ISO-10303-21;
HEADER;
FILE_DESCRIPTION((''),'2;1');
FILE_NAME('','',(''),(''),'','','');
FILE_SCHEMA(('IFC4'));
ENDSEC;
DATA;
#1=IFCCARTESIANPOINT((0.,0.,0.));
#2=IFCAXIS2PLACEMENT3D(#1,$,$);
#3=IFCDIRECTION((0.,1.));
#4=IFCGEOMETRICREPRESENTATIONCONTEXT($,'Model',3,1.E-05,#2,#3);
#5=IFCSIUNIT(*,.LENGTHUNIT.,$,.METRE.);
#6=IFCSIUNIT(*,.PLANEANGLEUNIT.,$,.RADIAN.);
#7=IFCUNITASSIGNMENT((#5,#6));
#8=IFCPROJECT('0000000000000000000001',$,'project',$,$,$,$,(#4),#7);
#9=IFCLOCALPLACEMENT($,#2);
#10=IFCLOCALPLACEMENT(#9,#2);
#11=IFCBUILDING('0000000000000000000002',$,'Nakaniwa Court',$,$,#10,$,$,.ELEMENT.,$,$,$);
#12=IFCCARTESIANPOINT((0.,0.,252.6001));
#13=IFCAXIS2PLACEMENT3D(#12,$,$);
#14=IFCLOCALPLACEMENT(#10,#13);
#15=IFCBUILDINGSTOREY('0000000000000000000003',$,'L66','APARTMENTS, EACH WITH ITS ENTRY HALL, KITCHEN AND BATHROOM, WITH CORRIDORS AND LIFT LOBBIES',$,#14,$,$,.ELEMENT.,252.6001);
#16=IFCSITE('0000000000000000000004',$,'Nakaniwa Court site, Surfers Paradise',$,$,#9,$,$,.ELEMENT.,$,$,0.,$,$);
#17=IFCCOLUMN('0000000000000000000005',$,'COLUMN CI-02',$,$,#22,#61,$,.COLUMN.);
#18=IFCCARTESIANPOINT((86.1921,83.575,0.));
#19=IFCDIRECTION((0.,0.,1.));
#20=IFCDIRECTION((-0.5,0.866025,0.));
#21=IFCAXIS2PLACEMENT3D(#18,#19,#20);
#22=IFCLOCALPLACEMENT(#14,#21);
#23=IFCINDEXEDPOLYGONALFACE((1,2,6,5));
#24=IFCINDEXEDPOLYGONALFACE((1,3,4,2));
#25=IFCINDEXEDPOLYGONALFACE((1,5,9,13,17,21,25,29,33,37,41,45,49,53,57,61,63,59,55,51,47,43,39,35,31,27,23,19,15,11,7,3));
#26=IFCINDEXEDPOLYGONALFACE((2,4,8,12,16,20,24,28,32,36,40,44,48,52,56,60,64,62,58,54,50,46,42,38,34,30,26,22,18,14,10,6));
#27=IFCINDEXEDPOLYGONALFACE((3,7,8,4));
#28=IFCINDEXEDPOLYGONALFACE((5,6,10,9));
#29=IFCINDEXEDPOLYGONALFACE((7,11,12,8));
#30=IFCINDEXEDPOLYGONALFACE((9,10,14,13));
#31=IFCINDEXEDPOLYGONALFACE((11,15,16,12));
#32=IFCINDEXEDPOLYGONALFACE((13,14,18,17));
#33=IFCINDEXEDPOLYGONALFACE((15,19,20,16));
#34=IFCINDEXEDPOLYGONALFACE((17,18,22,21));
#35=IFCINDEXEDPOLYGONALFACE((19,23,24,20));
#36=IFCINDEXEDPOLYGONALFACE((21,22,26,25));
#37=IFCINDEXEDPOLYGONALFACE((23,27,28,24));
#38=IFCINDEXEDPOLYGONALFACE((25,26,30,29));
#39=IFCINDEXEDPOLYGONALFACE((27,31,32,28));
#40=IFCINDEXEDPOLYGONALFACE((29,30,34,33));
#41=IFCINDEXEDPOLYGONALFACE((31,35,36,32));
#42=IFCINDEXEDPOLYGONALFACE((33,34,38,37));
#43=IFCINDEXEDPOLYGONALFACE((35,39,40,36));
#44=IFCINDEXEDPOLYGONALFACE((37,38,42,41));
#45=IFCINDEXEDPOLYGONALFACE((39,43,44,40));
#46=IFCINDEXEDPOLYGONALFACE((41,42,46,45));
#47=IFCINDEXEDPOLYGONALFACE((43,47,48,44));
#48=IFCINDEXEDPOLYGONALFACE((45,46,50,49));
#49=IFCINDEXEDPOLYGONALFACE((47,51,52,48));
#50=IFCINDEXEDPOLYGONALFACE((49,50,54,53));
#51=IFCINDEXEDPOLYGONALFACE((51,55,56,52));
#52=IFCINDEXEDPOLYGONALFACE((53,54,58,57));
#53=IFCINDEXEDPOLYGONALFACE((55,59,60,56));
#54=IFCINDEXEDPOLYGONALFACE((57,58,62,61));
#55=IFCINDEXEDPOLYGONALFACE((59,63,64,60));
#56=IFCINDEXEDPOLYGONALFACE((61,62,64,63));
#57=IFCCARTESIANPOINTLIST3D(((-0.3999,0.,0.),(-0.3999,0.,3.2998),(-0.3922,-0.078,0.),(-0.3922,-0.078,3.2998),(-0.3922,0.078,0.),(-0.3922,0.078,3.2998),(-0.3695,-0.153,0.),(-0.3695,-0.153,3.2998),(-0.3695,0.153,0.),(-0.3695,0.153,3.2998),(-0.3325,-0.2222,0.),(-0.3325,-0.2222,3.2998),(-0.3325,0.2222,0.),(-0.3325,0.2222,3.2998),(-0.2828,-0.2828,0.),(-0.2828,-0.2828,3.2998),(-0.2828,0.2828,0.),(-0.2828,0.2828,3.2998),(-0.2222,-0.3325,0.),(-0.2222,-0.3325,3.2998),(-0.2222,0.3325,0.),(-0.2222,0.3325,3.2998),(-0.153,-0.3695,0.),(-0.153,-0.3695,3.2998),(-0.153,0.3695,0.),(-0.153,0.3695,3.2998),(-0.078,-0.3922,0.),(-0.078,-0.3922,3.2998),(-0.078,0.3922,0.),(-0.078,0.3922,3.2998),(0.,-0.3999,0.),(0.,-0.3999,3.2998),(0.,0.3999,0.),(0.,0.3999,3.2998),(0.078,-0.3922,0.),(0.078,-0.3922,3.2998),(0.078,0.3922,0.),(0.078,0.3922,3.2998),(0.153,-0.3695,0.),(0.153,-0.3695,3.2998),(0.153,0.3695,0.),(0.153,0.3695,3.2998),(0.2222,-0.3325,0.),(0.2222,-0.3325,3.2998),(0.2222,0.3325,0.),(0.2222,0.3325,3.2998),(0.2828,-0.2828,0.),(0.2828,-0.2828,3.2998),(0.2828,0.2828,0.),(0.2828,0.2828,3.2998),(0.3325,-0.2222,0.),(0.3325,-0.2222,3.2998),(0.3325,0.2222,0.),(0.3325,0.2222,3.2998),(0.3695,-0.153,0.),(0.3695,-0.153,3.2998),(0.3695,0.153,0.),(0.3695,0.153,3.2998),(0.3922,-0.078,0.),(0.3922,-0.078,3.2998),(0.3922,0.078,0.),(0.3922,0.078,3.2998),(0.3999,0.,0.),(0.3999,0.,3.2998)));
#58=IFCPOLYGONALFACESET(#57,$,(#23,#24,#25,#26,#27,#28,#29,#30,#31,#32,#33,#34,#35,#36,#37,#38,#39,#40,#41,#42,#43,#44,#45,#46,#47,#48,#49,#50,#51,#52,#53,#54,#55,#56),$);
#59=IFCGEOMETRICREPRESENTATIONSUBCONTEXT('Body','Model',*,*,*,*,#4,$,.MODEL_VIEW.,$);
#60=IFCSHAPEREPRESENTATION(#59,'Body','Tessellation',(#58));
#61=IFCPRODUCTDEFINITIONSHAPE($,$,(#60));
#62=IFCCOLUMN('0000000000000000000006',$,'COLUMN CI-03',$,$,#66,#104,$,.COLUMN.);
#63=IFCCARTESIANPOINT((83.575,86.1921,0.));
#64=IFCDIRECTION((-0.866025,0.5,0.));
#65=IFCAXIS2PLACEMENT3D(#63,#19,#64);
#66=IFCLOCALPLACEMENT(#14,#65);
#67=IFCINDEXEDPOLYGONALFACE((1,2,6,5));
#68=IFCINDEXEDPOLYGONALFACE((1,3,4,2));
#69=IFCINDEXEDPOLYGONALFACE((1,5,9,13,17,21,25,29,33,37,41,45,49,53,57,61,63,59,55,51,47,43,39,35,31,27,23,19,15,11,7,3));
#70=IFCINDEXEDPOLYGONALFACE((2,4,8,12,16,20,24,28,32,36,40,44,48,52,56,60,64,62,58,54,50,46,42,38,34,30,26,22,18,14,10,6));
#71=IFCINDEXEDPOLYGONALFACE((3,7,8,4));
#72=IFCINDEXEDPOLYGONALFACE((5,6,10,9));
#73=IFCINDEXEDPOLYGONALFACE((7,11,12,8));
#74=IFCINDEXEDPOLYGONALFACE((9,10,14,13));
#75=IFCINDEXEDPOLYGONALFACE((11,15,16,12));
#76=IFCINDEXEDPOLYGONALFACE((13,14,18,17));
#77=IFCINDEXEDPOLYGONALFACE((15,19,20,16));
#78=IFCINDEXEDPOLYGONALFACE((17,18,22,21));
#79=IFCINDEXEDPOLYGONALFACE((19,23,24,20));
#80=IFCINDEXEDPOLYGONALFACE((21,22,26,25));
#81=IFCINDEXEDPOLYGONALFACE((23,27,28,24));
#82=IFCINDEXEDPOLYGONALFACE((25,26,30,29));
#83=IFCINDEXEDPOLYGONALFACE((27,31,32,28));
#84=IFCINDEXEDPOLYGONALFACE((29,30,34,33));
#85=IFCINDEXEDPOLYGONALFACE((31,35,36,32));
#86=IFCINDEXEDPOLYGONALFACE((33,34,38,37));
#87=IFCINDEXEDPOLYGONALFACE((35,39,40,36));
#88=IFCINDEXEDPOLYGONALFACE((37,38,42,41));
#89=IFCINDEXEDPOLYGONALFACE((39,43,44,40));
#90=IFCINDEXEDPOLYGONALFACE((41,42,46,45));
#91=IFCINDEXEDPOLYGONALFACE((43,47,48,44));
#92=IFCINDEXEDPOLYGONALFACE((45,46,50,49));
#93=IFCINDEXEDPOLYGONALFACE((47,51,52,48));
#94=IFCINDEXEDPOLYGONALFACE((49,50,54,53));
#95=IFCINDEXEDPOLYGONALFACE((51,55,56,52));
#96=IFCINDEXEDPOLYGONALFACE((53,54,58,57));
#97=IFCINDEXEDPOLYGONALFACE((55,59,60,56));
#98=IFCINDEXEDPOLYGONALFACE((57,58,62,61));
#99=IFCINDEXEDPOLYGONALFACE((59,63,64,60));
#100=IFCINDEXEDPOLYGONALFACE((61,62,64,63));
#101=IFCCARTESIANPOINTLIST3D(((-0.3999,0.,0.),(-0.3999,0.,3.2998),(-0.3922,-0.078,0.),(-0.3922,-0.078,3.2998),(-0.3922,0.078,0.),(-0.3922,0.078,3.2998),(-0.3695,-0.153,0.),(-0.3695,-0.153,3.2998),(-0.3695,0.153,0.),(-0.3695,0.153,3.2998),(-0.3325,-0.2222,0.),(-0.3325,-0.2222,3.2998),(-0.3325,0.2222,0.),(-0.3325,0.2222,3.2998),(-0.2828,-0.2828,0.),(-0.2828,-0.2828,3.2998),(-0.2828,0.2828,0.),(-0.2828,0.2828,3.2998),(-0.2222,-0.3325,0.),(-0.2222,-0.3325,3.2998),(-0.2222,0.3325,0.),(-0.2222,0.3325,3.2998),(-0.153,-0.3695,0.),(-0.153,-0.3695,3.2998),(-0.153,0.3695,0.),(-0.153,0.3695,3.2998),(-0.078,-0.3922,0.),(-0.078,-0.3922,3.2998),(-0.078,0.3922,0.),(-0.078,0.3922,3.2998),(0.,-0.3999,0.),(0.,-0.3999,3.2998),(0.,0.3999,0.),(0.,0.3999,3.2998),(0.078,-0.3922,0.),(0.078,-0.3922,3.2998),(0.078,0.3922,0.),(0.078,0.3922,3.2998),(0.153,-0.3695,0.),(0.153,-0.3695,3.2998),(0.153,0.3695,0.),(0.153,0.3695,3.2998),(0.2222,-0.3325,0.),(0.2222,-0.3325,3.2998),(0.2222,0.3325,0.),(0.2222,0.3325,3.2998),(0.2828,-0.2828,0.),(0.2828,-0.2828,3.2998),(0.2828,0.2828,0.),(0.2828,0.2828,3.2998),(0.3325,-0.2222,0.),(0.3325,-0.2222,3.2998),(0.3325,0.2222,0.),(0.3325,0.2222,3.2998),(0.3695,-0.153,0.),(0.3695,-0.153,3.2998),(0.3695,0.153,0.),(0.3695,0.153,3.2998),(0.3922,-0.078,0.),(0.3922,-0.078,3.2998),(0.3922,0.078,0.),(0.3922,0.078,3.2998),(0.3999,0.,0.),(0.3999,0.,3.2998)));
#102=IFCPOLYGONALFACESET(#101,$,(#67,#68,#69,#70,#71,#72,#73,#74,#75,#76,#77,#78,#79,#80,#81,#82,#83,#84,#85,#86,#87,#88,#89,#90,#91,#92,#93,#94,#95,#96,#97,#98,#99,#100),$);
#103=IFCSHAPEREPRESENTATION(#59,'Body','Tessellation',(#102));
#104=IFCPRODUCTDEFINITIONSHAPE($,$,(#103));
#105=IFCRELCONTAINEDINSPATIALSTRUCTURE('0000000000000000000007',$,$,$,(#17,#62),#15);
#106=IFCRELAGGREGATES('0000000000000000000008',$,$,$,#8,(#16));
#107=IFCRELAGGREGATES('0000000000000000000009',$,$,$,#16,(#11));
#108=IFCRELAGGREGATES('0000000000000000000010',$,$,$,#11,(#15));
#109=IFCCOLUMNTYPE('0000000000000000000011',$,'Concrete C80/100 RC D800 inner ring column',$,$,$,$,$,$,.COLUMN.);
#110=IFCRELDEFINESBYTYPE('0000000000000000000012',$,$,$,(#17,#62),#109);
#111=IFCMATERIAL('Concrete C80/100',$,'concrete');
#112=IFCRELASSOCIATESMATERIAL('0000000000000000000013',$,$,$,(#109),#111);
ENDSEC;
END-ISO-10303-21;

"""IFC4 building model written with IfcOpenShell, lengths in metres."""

from ifc_helpers import new_model, si_unit, direction, frame, origin, origin_2d, place, context, subcontext, project, spatial, circle, extrude, material, material_profile, profile_set, type_object, element, save


model = new_model("IFC4")

# Units and contexts
model_context = context("Model", 3, precision=1e-05, world=origin(), true_north=direction((0.0, 1.0)))
body_context = subcontext(model_context, "Body", "Model", "MODEL_VIEW")
ifc_project = project(units=[si_unit("LENGTHUNIT", "METRE"), si_unit("PLANEANGLEUNIT", "RADIAN")], contexts=[model_context])

# Site, building, storey
site_placement = place(None, origin())
site = spatial("IfcSite", under=ifc_project, at=site_placement, Name="Nakaniwa Court site, Surfers Paradise", CompositionType="ELEMENT", RefElevation=0.0)
building_placement = place(site_placement, origin())
building = spatial("IfcBuilding", under=site, at=building_placement, Name="Nakaniwa Court", CompositionType="ELEMENT")
storey_placement = place(building_placement, frame((0.0, 0.0, 252.6001)))
storey = spatial("IfcBuildingStorey", under=building, at=storey_placement, Name="L66", Description="APARTMENTS, EACH WITH ITS ENTRY HALL, KITCHEN AND BATHROOM, WITH CORRIDORS AND LIFT LOBBIES", CompositionType="ELEMENT", Elevation=252.6001)

# Columns
ifc_material_1 = material(Name="Concrete C80/100", Category="concrete")
ifc_material_profile_1 = material_profile(ifc_material_1, circle(Radius=0.3999, at=origin_2d()), Name="Concrete C80/100 RC D800 inner ring column")
ifc_profile_set_1 = profile_set([ifc_material_profile_1], Name="Concrete C80/100")
column_type = type_object("IfcColumnType", Name="Concrete C80/100 RC D800 inner ring column", PredefinedType="COLUMN", material=ifc_profile_set_1)
for number, where, z_axis, x_axis, name in (
    (1, (86.1921, 83.575, 0.0), (0.0, 0.0, 1.0), (-0.5, 0.866025, 0.0), "COLUMN CI-02"),
    (2, (83.575, 86.1921, 0.0), (0.0, 0.0, 1.0), (-0.866025, 0.5, 0.0), "COLUMN CI-03"),
):
    element("IfcColumn", number, at=place(storey_placement, frame(where, z_axis=z_axis, x_axis=x_axis)), inside=storey, type_object=column_type, Name=name, PredefinedType="COLUMN", context=body_context, shape_type="SweptSolid", body=[
        extrude(circle(Radius=0.3999, at=origin_2d()), origin(), (0.0, 0.0, 1.0), 3.2998),
    ])

save(model, "model.ifc")
